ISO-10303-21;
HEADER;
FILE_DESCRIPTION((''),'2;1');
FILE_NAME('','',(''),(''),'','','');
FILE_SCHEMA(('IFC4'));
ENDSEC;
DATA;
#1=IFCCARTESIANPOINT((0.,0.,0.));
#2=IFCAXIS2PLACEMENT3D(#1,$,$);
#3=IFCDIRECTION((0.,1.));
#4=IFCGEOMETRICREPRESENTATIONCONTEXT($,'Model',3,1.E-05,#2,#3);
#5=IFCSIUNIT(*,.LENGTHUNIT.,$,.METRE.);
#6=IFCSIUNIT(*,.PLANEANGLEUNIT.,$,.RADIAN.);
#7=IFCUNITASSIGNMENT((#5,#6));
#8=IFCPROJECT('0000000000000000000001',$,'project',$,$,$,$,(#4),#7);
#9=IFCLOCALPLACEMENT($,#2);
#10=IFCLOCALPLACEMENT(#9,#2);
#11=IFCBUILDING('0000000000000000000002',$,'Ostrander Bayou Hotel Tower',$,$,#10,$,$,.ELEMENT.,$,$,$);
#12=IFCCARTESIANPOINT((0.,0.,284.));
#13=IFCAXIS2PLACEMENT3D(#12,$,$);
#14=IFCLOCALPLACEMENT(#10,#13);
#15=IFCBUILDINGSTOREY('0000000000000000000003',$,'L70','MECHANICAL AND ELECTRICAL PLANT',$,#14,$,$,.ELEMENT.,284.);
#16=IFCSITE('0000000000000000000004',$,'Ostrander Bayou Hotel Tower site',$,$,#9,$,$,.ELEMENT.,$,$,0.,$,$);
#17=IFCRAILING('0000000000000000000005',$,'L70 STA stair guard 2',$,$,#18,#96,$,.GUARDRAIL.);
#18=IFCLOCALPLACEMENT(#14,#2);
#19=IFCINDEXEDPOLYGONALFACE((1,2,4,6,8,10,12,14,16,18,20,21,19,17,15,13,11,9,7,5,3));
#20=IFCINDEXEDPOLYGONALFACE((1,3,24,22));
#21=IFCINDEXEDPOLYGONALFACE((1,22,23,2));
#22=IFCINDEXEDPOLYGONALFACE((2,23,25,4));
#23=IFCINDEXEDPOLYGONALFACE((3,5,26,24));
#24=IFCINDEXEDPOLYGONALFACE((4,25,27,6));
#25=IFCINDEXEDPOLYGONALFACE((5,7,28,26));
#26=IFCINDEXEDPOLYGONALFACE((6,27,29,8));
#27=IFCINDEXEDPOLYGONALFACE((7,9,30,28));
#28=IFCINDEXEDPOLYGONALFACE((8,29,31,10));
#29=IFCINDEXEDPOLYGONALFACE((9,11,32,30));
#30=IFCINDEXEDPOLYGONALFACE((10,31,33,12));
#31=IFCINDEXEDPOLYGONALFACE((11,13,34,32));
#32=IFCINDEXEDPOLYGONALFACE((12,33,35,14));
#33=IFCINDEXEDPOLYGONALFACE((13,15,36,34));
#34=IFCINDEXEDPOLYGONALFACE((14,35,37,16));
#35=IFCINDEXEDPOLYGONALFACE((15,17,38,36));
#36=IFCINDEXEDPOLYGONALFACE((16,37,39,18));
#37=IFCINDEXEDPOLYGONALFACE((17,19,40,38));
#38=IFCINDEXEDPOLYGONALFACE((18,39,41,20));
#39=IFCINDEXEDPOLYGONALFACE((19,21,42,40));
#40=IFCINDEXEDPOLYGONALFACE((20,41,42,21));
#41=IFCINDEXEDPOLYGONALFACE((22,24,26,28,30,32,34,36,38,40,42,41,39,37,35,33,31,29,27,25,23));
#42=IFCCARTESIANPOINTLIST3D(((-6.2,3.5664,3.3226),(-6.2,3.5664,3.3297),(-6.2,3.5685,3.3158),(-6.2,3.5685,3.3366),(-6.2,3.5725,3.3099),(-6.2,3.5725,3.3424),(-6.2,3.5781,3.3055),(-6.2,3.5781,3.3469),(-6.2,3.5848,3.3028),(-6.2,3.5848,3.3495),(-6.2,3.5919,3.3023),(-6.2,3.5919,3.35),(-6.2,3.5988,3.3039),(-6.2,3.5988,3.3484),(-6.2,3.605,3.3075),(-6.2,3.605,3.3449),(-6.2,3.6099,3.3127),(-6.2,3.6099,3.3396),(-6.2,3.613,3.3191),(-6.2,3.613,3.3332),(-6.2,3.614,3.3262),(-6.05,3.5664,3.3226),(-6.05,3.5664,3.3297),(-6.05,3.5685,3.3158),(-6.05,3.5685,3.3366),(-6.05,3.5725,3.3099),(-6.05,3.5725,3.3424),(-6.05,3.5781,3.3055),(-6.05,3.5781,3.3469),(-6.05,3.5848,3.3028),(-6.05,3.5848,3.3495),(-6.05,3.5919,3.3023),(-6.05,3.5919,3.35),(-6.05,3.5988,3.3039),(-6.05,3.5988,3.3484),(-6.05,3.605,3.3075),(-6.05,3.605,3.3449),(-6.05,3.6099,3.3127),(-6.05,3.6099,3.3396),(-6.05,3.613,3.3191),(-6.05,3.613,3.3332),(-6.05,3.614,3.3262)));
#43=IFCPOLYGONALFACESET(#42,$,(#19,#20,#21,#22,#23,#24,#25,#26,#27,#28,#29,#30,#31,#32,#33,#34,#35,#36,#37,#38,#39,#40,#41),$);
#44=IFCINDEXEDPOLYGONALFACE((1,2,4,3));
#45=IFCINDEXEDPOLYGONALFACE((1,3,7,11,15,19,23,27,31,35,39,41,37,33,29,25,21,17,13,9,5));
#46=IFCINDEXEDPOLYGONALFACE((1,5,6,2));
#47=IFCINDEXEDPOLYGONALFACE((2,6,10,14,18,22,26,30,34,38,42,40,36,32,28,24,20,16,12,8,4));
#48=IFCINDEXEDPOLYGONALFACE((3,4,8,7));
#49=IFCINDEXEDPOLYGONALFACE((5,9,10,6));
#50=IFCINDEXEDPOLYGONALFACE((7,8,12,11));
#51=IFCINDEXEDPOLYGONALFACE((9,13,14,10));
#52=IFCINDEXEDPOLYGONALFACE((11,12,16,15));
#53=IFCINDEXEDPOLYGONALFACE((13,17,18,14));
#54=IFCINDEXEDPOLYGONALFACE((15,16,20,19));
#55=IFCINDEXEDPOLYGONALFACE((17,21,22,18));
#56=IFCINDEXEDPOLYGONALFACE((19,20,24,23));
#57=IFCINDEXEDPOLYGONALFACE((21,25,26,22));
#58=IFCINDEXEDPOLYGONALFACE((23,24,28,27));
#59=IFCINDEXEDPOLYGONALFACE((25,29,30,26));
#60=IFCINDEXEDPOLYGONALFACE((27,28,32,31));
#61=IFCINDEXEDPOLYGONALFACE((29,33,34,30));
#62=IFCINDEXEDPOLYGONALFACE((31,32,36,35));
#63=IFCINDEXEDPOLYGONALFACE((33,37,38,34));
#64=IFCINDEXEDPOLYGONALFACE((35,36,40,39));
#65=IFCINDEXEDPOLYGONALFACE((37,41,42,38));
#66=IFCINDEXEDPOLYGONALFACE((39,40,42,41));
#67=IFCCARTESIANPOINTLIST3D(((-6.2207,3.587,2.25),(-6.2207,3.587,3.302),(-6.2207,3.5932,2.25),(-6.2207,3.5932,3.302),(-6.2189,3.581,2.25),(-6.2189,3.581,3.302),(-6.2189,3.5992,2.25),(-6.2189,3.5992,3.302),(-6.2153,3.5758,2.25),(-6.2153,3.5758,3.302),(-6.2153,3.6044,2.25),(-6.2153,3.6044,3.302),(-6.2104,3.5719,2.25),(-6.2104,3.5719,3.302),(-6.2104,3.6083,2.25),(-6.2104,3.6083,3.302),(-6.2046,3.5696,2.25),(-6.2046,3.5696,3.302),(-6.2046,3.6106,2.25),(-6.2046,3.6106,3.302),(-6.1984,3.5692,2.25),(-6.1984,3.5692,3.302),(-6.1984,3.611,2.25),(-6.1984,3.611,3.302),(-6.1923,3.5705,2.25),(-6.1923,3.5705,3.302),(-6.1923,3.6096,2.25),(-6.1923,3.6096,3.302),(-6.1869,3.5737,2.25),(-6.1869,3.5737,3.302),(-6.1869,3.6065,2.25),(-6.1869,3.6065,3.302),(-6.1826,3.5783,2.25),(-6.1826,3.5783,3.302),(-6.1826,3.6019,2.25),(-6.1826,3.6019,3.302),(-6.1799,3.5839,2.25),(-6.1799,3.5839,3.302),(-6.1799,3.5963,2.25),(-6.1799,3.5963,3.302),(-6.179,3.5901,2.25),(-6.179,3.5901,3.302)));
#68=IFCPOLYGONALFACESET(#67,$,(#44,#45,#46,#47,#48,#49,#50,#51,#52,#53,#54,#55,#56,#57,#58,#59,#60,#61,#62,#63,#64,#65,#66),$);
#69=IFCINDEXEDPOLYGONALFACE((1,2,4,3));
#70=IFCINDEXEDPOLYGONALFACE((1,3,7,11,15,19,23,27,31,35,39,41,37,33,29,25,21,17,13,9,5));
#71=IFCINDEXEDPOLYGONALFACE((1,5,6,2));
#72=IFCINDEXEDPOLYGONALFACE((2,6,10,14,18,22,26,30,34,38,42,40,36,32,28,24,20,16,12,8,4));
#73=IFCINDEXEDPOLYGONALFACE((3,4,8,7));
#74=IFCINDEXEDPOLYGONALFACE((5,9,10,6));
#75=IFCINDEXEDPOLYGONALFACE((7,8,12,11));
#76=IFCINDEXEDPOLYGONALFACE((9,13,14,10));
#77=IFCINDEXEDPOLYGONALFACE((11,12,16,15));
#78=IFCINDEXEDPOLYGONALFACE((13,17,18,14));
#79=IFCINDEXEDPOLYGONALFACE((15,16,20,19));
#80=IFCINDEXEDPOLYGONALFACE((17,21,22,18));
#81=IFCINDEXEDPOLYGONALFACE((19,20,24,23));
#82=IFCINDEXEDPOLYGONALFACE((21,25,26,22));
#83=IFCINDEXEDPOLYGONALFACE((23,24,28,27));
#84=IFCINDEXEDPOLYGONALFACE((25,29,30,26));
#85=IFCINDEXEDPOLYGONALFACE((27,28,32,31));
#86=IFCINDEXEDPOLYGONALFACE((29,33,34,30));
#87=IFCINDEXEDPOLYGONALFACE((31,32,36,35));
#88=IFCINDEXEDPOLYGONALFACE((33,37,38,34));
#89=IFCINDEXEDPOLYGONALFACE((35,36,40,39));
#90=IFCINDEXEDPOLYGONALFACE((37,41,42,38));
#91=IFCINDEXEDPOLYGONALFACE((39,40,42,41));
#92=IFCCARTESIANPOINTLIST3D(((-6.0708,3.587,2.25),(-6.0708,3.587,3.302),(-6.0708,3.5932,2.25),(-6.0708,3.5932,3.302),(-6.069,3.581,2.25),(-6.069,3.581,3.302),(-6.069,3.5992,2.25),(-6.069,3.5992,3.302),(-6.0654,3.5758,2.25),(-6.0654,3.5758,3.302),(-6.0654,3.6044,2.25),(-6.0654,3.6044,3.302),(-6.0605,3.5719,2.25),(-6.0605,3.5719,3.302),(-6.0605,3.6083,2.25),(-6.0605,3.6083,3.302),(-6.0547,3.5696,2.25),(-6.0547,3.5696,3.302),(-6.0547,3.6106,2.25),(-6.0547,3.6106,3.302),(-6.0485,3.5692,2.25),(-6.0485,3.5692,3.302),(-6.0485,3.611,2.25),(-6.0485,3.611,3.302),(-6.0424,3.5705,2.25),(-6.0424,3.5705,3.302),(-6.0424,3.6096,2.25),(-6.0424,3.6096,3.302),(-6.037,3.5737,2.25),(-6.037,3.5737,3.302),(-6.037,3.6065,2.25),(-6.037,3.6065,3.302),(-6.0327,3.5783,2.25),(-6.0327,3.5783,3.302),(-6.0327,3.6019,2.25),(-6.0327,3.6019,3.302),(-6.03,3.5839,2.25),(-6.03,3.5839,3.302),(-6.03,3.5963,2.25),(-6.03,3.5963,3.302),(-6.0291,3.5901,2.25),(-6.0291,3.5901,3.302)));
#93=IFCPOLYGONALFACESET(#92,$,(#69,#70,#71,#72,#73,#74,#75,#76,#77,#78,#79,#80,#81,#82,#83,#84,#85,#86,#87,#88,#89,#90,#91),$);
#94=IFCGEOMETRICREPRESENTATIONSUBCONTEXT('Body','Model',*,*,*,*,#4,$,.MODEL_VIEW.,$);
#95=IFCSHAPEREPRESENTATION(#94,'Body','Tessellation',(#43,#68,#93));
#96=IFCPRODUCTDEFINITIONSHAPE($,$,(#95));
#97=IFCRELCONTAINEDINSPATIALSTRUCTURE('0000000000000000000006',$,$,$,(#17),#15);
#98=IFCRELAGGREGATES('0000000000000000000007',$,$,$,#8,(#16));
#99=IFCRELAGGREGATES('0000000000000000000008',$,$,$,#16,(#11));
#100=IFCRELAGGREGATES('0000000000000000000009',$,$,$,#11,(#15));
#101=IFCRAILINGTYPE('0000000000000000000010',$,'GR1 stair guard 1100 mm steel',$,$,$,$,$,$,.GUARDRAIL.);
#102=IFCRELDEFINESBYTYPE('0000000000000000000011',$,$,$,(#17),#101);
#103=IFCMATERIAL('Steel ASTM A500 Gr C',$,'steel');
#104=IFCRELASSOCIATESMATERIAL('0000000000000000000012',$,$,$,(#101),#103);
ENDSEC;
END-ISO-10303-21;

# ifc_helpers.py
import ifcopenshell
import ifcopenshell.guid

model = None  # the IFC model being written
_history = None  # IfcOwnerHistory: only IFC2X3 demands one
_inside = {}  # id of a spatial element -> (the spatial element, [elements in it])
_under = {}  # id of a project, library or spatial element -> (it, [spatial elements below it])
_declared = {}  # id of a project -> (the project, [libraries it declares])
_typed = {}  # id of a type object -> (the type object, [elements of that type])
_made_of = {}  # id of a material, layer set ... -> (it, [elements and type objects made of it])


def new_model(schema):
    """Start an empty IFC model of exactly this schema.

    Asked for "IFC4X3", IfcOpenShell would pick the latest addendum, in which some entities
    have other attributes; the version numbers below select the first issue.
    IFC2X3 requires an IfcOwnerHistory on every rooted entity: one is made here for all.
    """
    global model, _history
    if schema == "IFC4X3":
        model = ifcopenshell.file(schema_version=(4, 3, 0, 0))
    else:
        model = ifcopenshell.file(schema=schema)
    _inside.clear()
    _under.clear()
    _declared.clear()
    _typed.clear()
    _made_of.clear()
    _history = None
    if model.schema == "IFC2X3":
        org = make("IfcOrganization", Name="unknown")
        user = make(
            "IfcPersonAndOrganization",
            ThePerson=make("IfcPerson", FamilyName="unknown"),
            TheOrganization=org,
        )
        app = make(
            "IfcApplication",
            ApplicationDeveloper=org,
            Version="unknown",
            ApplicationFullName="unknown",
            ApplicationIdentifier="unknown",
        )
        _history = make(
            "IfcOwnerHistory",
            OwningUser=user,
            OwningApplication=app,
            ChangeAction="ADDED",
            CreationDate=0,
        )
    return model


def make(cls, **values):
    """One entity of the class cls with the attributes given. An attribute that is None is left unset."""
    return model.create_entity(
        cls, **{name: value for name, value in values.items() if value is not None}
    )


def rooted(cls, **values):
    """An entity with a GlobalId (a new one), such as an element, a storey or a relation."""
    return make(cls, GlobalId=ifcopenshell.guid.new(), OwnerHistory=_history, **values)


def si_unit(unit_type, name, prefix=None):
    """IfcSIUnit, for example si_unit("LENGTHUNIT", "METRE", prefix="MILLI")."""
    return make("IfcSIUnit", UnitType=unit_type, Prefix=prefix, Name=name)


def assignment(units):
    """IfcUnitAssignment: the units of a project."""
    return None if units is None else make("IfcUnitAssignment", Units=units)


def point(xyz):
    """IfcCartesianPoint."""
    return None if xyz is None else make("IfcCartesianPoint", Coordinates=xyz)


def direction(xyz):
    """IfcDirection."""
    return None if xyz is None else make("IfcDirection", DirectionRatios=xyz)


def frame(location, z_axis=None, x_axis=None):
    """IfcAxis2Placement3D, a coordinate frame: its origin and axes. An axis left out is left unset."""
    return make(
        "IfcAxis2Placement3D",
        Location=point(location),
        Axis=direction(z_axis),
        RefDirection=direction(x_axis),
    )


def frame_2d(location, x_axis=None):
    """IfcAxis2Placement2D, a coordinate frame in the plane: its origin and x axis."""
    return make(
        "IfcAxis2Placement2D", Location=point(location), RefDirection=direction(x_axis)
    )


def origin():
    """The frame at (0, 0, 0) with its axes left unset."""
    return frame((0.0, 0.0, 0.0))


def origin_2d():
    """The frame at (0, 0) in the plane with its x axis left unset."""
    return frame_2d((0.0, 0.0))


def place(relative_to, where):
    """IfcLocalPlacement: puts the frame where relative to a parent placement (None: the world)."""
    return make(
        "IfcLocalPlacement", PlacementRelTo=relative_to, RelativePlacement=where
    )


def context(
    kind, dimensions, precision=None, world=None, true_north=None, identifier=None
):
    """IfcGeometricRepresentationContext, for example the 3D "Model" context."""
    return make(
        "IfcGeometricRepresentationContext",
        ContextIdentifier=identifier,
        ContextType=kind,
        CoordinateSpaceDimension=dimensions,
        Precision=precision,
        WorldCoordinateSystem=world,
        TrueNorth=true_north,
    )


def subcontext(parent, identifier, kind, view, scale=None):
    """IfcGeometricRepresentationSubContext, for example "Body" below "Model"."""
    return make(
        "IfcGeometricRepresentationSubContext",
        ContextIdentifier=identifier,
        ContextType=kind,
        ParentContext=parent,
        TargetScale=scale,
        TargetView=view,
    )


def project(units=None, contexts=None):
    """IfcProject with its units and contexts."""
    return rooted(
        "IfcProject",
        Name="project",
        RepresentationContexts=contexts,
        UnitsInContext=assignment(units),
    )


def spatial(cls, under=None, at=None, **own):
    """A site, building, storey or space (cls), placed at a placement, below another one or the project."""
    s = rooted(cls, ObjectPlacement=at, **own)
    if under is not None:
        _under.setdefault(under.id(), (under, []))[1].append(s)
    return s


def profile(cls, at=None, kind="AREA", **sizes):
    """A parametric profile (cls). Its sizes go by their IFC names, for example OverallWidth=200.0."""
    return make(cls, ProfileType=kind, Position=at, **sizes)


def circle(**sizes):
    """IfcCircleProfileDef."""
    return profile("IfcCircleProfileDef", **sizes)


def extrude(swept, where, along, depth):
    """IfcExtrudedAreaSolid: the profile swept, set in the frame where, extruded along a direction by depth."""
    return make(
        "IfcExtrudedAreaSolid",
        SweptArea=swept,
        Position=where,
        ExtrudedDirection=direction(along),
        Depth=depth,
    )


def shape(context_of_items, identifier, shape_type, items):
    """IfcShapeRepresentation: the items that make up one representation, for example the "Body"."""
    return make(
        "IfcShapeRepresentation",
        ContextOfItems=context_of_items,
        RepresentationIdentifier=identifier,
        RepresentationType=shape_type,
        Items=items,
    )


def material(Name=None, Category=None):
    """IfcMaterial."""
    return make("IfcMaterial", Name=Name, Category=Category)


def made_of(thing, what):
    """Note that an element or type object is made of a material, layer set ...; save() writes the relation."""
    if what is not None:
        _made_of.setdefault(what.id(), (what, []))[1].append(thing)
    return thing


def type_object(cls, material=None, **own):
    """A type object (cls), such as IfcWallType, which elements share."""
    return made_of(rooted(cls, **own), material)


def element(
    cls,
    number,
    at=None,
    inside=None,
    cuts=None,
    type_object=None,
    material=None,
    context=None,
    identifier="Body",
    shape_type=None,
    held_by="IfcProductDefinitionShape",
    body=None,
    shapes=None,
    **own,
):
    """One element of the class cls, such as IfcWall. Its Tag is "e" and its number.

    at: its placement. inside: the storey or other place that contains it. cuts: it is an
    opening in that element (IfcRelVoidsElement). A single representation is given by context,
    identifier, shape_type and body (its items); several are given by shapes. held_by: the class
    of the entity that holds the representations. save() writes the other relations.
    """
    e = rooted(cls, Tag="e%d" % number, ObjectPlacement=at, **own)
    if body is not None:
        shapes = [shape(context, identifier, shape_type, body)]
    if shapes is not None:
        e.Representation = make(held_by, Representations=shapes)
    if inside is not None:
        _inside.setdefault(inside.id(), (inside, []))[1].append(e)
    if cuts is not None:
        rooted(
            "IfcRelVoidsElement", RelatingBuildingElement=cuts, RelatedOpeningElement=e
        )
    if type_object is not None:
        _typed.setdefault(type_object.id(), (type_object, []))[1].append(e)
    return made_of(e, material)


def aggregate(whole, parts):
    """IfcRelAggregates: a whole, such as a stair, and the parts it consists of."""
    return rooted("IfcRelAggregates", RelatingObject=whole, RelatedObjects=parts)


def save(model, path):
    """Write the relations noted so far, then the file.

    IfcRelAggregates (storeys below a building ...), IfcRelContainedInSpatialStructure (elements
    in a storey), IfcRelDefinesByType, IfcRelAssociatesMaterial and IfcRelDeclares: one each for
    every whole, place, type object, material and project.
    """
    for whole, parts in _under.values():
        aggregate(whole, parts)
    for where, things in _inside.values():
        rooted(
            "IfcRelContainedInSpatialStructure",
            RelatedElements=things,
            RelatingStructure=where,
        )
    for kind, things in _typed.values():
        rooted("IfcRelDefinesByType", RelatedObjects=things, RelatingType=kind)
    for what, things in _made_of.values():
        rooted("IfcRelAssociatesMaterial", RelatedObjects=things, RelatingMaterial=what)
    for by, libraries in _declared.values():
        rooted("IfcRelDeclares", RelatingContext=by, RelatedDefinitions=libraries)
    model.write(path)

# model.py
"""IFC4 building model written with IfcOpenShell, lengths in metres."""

from ifc_helpers import new_model, si_unit, direction, frame, origin, origin_2d, place, context, subcontext, project, spatial, circle, extrude, material, type_object, element, save


model = new_model("IFC4")

# Units and contexts
model_context = context("Model", 3, precision=1e-05, world=origin(), true_north=direction((0.0, 1.0)))
body_context = subcontext(model_context, "Body", "Model", "MODEL_VIEW")
ifc_project = project(units=[si_unit("LENGTHUNIT", "METRE"), si_unit("PLANEANGLEUNIT", "RADIAN")], contexts=[model_context])

# Site, building, storey
site_placement = place(None, origin())
site = spatial("IfcSite", under=ifc_project, at=site_placement, Name="Ostrander Bayou Hotel Tower site", CompositionType="ELEMENT", RefElevation=0.0)
building_placement = place(site_placement, origin())
building = spatial("IfcBuilding", under=site, at=building_placement, Name="Ostrander Bayou Hotel Tower", CompositionType="ELEMENT")
storey_placement = place(building_placement, frame((0.0, 0.0, 284.0)))
storey = spatial("IfcBuildingStorey", under=building, at=storey_placement, Name="L70", Description="MECHANICAL AND ELECTRICAL PLANT", CompositionType="ELEMENT", Elevation=284.0)

# Railing
ifc_material_1 = material(Name="Steel ASTM A500 Gr C", Category="steel")
railing_type_1 = type_object("IfcRailingType", Name="GR1 stair guard 1100 mm steel", PredefinedType="GUARDRAIL", material=ifc_material_1)
railing_1_placement = place(storey_placement, frame((-6.2, 3.5901, 2.25)))
element("IfcRailing", 1, at=railing_1_placement, inside=storey, type_object=railing_type_1, Name="L70 STA stair guard 2", PredefinedType="GUARDRAIL", context=body_context, shape_type="SweptSolid", body=[
    extrude(circle(Radius=0.0239, at=origin_2d()), frame((0.0, 0.0, 1.0762), z_axis=(1.0, 0.0, 0.0), x_axis=(0.0, 1.0, 0.0)), (0.0, 0.0, 1.0), 0.1499),
    extrude(circle(Radius=0.021, at=origin_2d()), origin(), (0.0, 0.0, 1.0), 1.052),
    extrude(circle(Radius=0.021, at=origin_2d()), frame((0.1499, 0.0, 0.0)), (0.0, 0.0, 1.0), 1.052),
])

save(model, "model.ifc")
